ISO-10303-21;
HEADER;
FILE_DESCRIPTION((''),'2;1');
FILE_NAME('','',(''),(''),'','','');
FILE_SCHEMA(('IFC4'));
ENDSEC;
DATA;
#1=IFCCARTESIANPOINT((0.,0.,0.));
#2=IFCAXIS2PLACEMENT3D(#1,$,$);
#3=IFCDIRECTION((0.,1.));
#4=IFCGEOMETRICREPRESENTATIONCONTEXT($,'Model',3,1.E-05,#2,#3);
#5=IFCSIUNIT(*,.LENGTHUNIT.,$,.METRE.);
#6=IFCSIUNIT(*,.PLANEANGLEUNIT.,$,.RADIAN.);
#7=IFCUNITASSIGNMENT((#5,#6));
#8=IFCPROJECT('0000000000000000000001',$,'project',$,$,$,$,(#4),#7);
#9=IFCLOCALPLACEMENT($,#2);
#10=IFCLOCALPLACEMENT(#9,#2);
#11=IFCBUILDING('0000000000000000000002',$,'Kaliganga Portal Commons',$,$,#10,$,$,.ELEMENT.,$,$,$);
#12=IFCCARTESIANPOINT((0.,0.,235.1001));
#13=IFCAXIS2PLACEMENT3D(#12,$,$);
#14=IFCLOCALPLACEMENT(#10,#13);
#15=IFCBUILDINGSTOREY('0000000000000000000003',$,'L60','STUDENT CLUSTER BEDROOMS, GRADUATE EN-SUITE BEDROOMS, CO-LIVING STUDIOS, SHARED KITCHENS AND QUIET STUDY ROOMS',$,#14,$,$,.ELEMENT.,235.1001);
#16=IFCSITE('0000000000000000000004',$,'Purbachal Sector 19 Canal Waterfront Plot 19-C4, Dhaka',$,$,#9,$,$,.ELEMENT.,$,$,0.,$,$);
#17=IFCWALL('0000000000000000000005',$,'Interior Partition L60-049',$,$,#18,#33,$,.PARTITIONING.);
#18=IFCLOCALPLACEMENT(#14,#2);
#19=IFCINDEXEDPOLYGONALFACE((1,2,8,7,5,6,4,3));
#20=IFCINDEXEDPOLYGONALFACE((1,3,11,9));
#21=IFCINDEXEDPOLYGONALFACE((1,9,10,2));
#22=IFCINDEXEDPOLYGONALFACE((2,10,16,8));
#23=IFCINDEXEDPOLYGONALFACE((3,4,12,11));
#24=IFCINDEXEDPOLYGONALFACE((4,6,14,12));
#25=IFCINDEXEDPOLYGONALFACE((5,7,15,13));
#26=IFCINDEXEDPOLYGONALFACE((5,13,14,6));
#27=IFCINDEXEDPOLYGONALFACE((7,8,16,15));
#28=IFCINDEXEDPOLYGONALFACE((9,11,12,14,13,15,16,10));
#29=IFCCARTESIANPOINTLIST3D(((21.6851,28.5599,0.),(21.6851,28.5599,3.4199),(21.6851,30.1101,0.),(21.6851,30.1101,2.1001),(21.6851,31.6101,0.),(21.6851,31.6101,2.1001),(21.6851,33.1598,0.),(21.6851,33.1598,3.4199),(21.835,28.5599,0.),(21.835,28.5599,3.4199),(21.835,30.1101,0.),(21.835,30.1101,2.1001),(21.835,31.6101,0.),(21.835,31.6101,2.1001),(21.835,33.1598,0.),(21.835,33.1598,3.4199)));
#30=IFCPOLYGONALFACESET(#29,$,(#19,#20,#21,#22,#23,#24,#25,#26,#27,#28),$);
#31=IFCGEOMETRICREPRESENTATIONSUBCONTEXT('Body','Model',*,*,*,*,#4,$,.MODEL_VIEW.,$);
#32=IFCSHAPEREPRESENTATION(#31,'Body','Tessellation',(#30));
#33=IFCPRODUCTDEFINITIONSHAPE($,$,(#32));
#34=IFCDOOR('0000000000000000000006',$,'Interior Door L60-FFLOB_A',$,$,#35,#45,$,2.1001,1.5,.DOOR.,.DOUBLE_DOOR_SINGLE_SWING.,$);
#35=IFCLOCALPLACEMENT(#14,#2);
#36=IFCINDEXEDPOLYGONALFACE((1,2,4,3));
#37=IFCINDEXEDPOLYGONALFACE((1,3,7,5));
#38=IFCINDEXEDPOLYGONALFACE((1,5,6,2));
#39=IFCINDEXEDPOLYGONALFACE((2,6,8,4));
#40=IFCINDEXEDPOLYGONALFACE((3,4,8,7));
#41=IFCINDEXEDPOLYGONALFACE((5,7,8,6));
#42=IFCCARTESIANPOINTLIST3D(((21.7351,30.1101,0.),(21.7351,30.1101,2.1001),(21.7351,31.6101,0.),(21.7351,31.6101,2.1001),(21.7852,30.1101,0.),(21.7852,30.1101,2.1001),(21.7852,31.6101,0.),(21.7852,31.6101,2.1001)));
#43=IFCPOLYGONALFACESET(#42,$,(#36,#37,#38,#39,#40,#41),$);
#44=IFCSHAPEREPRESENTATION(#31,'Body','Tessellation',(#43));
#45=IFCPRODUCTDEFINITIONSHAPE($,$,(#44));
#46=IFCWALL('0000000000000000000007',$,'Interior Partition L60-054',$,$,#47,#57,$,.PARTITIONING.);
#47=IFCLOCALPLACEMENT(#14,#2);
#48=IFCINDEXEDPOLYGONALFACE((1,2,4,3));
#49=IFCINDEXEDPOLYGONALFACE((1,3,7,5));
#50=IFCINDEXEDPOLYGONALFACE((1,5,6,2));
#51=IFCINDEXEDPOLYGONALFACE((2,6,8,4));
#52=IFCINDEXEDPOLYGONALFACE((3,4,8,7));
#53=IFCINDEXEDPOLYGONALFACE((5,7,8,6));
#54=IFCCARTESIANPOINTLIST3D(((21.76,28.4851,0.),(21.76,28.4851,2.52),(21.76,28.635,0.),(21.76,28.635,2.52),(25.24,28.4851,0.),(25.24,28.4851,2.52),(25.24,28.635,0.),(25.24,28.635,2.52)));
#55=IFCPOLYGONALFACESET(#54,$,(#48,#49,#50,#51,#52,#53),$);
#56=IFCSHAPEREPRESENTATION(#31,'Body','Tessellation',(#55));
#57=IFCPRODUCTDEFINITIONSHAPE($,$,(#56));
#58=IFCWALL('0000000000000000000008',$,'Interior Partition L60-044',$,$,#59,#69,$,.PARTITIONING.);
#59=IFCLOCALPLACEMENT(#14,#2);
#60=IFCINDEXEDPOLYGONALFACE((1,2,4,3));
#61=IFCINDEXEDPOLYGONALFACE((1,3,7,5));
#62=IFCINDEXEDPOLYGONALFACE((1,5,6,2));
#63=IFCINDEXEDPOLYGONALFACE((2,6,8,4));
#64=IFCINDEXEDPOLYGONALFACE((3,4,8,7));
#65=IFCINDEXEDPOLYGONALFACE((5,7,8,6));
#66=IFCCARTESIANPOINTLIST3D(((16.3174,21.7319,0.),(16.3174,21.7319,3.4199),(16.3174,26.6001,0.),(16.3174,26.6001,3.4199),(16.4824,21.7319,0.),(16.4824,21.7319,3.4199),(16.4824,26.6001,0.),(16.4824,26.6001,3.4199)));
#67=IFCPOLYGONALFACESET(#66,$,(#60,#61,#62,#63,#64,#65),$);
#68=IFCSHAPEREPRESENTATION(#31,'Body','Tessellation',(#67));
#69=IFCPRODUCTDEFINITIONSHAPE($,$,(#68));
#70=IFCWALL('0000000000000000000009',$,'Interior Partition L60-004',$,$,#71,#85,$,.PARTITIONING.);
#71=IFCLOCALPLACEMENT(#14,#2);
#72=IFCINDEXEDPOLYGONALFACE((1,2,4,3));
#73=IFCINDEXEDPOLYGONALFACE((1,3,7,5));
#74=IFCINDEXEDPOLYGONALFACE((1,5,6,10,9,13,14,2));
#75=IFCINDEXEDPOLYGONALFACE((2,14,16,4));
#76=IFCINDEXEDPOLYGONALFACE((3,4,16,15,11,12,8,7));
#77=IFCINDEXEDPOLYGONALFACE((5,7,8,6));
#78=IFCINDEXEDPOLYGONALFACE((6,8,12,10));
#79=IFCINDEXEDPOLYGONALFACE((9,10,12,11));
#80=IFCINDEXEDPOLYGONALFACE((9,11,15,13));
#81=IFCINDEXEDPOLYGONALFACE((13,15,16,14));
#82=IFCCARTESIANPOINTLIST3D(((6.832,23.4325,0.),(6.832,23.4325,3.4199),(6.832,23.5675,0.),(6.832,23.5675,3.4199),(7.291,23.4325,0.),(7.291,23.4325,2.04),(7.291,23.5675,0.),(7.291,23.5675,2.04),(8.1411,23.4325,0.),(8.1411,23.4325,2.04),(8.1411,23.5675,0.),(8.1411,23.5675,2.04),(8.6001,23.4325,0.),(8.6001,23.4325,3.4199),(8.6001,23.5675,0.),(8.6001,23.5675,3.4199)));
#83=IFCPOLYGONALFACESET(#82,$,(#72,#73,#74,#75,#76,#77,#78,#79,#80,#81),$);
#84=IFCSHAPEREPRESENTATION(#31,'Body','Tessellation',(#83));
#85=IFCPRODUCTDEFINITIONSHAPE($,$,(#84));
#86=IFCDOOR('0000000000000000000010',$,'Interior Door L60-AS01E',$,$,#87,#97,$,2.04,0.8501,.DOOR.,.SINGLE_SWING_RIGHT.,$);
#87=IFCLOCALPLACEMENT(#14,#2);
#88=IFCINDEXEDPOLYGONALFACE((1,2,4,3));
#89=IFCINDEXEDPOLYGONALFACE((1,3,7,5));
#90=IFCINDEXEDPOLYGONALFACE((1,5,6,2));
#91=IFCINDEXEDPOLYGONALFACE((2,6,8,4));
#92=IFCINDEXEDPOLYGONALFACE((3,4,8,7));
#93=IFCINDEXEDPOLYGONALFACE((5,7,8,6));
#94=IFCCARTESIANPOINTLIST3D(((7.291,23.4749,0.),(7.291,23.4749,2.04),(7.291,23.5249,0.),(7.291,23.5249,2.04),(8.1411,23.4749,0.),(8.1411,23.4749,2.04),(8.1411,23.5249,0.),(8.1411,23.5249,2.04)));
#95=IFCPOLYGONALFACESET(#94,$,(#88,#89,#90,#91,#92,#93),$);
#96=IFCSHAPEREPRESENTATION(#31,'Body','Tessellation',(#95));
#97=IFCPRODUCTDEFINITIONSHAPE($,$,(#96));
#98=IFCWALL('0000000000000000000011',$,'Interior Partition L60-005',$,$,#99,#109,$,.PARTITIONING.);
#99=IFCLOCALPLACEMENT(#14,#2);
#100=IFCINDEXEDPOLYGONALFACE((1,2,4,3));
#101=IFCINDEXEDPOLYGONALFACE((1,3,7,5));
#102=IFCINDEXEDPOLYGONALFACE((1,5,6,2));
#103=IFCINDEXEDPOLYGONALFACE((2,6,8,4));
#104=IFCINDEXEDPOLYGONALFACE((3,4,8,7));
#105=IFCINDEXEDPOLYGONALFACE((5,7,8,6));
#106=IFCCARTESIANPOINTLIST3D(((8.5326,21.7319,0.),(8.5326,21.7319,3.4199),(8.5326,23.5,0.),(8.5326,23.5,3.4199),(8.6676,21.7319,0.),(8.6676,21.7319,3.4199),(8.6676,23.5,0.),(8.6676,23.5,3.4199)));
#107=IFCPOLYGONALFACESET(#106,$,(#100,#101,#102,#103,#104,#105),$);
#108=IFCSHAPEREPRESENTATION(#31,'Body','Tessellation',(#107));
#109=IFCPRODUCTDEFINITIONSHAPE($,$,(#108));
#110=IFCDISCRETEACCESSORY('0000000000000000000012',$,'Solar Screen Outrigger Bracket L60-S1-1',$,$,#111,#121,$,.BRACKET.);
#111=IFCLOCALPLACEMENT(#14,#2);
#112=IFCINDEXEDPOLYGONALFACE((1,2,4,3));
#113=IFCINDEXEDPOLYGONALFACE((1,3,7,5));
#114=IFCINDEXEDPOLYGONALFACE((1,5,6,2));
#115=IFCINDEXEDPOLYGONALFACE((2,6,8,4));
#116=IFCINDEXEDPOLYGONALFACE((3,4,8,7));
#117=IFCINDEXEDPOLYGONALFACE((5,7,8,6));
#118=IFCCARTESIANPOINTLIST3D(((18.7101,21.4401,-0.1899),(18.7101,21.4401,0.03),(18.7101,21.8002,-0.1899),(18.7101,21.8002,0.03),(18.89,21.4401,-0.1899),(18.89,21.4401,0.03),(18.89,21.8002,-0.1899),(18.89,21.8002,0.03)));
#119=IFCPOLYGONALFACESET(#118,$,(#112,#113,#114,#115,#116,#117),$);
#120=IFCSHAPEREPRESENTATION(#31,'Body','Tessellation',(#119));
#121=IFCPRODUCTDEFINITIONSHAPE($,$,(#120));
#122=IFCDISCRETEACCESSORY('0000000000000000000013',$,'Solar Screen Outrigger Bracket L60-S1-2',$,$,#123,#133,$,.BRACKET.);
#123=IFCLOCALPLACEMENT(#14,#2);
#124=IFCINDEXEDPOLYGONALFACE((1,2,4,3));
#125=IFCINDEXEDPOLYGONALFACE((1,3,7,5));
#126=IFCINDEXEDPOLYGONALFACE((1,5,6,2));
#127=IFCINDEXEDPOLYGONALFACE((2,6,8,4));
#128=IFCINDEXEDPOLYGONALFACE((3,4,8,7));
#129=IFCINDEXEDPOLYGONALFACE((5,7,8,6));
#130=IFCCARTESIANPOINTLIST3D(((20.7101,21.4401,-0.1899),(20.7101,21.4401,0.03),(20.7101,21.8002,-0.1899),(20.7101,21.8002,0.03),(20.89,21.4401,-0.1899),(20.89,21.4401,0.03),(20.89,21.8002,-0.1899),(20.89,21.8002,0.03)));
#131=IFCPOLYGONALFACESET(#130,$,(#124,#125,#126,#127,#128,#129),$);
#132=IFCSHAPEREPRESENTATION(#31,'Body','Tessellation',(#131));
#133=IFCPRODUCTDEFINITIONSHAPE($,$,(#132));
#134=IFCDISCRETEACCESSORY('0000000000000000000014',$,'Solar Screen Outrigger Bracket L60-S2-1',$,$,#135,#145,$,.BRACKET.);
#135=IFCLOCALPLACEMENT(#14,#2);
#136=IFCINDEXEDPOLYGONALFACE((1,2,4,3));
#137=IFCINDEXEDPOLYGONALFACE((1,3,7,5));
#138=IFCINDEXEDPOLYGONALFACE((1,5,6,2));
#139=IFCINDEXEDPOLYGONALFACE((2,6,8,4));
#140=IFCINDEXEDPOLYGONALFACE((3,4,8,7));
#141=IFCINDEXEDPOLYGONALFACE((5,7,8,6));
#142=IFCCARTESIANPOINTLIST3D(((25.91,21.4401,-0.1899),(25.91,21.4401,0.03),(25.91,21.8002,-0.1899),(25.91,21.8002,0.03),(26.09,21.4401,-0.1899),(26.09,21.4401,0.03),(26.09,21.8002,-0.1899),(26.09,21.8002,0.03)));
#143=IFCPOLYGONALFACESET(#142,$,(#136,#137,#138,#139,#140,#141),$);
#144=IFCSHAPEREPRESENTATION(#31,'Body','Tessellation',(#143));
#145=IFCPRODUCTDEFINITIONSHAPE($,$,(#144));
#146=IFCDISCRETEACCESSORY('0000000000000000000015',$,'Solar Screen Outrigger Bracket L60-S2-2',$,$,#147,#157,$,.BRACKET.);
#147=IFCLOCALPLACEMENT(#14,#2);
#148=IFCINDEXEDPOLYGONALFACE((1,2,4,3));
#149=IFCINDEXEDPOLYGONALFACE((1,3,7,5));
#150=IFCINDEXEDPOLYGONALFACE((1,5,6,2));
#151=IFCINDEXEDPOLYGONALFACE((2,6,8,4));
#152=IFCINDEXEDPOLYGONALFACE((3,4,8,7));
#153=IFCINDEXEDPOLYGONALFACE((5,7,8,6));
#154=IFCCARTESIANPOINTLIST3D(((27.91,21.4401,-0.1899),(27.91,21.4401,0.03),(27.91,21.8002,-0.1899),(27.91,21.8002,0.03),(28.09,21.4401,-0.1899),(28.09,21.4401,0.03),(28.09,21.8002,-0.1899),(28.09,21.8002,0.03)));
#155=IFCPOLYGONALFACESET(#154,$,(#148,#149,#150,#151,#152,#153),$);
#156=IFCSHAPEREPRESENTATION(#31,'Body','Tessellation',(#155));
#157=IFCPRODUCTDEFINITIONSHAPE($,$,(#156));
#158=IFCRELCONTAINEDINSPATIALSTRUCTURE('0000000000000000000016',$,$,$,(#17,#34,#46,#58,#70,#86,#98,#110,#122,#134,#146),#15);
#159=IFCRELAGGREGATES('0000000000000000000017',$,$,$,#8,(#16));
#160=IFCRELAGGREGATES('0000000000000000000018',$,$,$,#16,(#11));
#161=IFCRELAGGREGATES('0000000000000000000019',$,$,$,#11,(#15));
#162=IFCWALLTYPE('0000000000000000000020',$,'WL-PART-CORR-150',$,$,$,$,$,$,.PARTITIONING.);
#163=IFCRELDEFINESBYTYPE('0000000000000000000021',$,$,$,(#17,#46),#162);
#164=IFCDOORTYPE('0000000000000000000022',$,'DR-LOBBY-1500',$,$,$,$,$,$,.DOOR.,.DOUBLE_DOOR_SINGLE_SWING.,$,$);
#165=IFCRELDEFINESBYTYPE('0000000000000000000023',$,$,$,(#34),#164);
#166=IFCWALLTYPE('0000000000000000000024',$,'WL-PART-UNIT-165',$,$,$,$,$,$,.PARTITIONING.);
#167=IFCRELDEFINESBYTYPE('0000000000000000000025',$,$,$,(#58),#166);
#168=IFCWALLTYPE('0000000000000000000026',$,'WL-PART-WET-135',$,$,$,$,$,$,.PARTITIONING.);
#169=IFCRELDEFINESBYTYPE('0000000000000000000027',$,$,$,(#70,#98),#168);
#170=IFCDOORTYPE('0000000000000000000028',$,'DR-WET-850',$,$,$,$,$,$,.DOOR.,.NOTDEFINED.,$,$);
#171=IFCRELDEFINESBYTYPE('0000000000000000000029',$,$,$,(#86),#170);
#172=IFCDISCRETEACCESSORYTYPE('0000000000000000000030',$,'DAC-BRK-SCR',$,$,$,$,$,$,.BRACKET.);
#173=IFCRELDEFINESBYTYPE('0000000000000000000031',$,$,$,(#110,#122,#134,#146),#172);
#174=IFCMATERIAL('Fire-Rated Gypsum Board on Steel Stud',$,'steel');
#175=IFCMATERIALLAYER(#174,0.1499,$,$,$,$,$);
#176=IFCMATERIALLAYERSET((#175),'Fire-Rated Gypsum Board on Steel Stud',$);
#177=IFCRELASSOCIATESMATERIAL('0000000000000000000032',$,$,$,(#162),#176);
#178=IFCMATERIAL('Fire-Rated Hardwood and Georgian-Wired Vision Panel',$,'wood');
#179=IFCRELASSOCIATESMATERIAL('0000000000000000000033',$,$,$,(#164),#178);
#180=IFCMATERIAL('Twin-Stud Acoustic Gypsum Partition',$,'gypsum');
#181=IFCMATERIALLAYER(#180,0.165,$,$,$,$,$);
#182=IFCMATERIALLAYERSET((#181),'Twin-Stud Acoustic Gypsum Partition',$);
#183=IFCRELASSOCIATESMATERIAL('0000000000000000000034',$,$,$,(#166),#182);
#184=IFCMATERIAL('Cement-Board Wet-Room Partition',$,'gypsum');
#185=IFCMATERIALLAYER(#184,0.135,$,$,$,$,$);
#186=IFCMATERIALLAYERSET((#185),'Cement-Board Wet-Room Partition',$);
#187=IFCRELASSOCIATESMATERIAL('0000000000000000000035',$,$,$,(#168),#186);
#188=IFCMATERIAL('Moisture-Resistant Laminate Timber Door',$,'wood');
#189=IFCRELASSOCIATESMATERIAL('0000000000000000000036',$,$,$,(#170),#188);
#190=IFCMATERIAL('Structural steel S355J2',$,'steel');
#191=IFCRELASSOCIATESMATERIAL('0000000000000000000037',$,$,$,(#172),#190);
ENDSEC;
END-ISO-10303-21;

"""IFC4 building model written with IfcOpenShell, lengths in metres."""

from ifc_helpers import new_model, si_unit, direction, frame, frame_2d, origin, origin_2d, place, context, subcontext, project, spatial, rectangle, extrude, source, transform, mapped, material, layer, layer_set, type_object, element, fill, save


model = new_model("IFC4")

# Units and contexts
model_context = context("Model", 3, precision=1e-05, world=origin(), true_north=direction((0.0, 1.0)))
body_context = subcontext(model_context, "Body", "Model", "MODEL_VIEW")
ifc_project = project(units=[si_unit("LENGTHUNIT", "METRE"), si_unit("PLANEANGLEUNIT", "RADIAN")], contexts=[model_context])

# Site, building, storey
site_placement = place(None, origin())
site = spatial("IfcSite", under=ifc_project, at=site_placement, Name="Purbachal Sector 19 Canal Waterfront Plot 19-C4, Dhaka", CompositionType="ELEMENT", RefElevation=0.0)
building_placement = place(site_placement, origin())
building = spatial("IfcBuilding", under=site, at=building_placement, Name="Kaliganga Portal Commons", CompositionType="ELEMENT")
storey_placement = place(building_placement, frame((0.0, 0.0, 235.1001)))
storey = spatial("IfcBuildingStorey", under=building, at=storey_placement, Name="L60", Description="STUDENT CLUSTER BEDROOMS, GRADUATE EN-SUITE BEDROOMS, CO-LIVING STUDIOS, SHARED KITCHENS AND QUIET STUDY ROOMS", CompositionType="ELEMENT", Elevation=235.1001)

# Shared definitions
ifc_material_1 = material(Name="Structural steel S355J2", Category="steel")

# Shared definitions
ifc_material_2 = material(Name="Fire-Rated Gypsum Board on Steel Stud", Category="steel")
ifc_layer_1 = layer(ifc_material_2, 0.1499)
ifc_layer_set_1 = layer_set([ifc_layer_1], Name="Fire-Rated Gypsum Board on Steel Stud")
wall_type_1 = type_object("IfcWallType", Name="WL-PART-CORR-150", PredefinedType="PARTITIONING", material=ifc_layer_set_1)

# Wall, opening, door
wall_1_placement = place(storey_placement, frame((21.76, 28.5601, 0.0), z_axis=(0.0, 0.0, 1.0), x_axis=(0.0, 1.0, 0.0)))
wall_1 = element("IfcWall", 1, at=wall_1_placement, inside=storey, type_object=wall_type_1, Name="Interior Partition L60-049", PredefinedType="PARTITIONING", context=body_context, shape_type="SweptSolid", body=[
    extrude(rectangle(XDim=4.5999, YDim=0.1499, at=frame_2d((2.2998, 0.0))), origin(), (0.0, 0.0, 1.0), 3.4199),
])
opening_1_placement = place(wall_1_placement, frame((1.55, 0.0, 0.0)))
opening_1 = element("IfcOpeningElement", 2, at=opening_1_placement, cuts=wall_1, PredefinedType="OPENING", context=body_context, shape_type="SweptSolid", body=[
    extrude(rectangle(XDim=1.5, YDim=2.1001, at=frame_2d((0.75, 1.05))), frame((0.0, 0.085, 0.0), z_axis=(0.0, -1.0, 0.0), x_axis=(1.0, 0.0, 0.0)), (0.0, 0.0, 1.0), 0.1699),
])
ifc_material_3 = material(Name="Fire-Rated Hardwood and Georgian-Wired Vision Panel", Category="wood")
door_type_1 = type_object("IfcDoorType", Name="DR-LOBBY-1500", OperationType="DOUBLE_DOOR_SINGLE_SWING", PredefinedType="DOOR", material=ifc_material_3)
door_1_placement = place(opening_1_placement, origin())
door_1 = element("IfcDoor", 3, at=door_1_placement, inside=storey, type_object=door_type_1, Name="Interior Door L60-FFLOB_A", OperationType="DOUBLE_DOOR_SINGLE_SWING", OverallHeight=2.1001, OverallWidth=1.5, PredefinedType="DOOR", context=body_context, shape_type="SweptSolid", body=[
    extrude(rectangle(XDim=1.5, YDim=2.1001, at=frame_2d((0.75, 1.05))), frame((0.0, 0.0249, 0.0), z_axis=(0.0, -1.0, 0.0), x_axis=(1.0, 0.0, 0.0)), (0.0, 0.0, 1.0), 0.05),
])
fill(opening_1, door_1)

# Walls
wall_2_placement = place(storey_placement, frame((21.76, 28.5601, 0.0), z_axis=(0.0, 0.0, 1.0), x_axis=(1.0, 0.0, 0.0)))
element("IfcWall", 4, at=wall_2_placement, inside=storey, type_object=wall_type_1, Name="Interior Partition L60-054", PredefinedType="PARTITIONING", context=body_context, shape_type="SweptSolid", body=[
    extrude(rectangle(XDim=3.48, YDim=0.1499, at=frame_2d((1.74, 0.0))), origin(), (0.0, 0.0, 1.0), 2.52),
])
ifc_material_4 = material(Name="Twin-Stud Acoustic Gypsum Partition", Category="gypsum")
ifc_layer_2 = layer(ifc_material_4, 0.165)
ifc_layer_set_2 = layer_set([ifc_layer_2], Name="Twin-Stud Acoustic Gypsum Partition")
wall_type_2 = type_object("IfcWallType", Name="WL-PART-UNIT-165", PredefinedType="PARTITIONING", material=ifc_layer_set_2)
wall_3_placement = place(storey_placement, frame((16.3999, 21.7319, 0.0), z_axis=(0.0, 0.0, 1.0), x_axis=(0.0, 1.0, 0.0)))
element("IfcWall", 5, at=wall_3_placement, inside=storey, type_object=wall_type_2, Name="Interior Partition L60-044", PredefinedType="PARTITIONING", context=body_context, shape_type="SweptSolid", body=[
    extrude(rectangle(XDim=4.8682, YDim=0.165, at=frame_2d((2.4341, 0.0))), origin(), (0.0, 0.0, 1.0), 3.4199),
])

# Wall, opening, door
ifc_material_5 = material(Name="Cement-Board Wet-Room Partition", Category="gypsum")
ifc_layer_3 = layer(ifc_material_5, 0.135)
ifc_layer_set_3 = layer_set([ifc_layer_3], Name="Cement-Board Wet-Room Partition")
wall_type_3 = type_object("IfcWallType", Name="WL-PART-WET-135", PredefinedType="PARTITIONING", material=ifc_layer_set_3)
wall_4_placement = place(storey_placement, frame((6.832, 23.5, 0.0), z_axis=(0.0, 0.0, 1.0), x_axis=(1.0, 0.0, 0.0)))
wall_4 = element("IfcWall", 6, at=wall_4_placement, inside=storey, type_object=wall_type_3, Name="Interior Partition L60-004", PredefinedType="PARTITIONING", context=body_context, shape_type="SweptSolid", body=[
    extrude(rectangle(XDim=1.7681, YDim=0.135, at=frame_2d((0.884, 0.0))), origin(), (0.0, 0.0, 1.0), 3.4199),
])
opening_2_placement = place(wall_4_placement, frame((0.459, 0.0, 0.0)))
opening_2 = element("IfcOpeningElement", 7, at=opening_2_placement, cuts=wall_4, PredefinedType="OPENING", context=body_context, shape_type="SweptSolid", body=[
    extrude(rectangle(XDim=0.8501, YDim=2.04, at=frame_2d((0.425, 1.02))), frame((0.0, 0.0776, 0.0), z_axis=(0.0, -1.0, 0.0), x_axis=(1.0, 0.0, 0.0)), (0.0, 0.0, 1.0), 0.155),
])
ifc_material_6 = material(Name="Moisture-Resistant Laminate Timber Door", Category="wood")
door_type_2 = type_object("IfcDoorType", Name="DR-WET-850", OperationType="NOTDEFINED", PredefinedType="DOOR", material=ifc_material_6)
door_2_placement = place(opening_2_placement, origin())
door_2 = element("IfcDoor", 8, at=door_2_placement, inside=storey, type_object=door_type_2, Name="Interior Door L60-AS01E", OperationType="SINGLE_SWING_RIGHT", OverallHeight=2.04, OverallWidth=0.8501, PredefinedType="DOOR", context=body_context, shape_type="SweptSolid", body=[
    extrude(rectangle(XDim=0.8501, YDim=2.04, at=frame_2d((0.425, 1.02))), frame((0.0, 0.0249, 0.0), z_axis=(0.0, -1.0, 0.0), x_axis=(1.0, 0.0, 0.0)), (0.0, 0.0, 1.0), 0.05),
])
fill(opening_2, door_2)

# Wall
wall_5_placement = place(storey_placement, frame((8.6001, 21.7319, 0.0), z_axis=(0.0, 0.0, 1.0), x_axis=(0.0, 1.0, 0.0)))
element("IfcWall", 9, at=wall_5_placement, inside=storey, type_object=wall_type_3, Name="Interior Partition L60-005", PredefinedType="PARTITIONING", context=body_context, shape_type="SweptSolid", body=[
    extrude(rectangle(XDim=1.7681, YDim=0.135, at=frame_2d((0.884, 0.0))), origin(), (0.0, 0.0, 1.0), 3.4199),
])

# Discrete accessories
discrete_accessory_type = type_object("IfcDiscreteAccessoryType", Name="DAC-BRK-SCR", PredefinedType="BRACKET", material=ifc_material_1)
shared_shape_1 = source(origin(), body_context, "Body", "SweptSolid", [
    extrude(rectangle(XDim=0.1799, YDim=0.3601, at=origin_2d()), origin(), (0.0, 0.0, 1.0), 0.22),
])
for number, where, z_axis, x_axis, name in (
    (10, (18.8, 21.6201, -0.1899), (0.0, 0.0, 1.0), (1.0, 0.0, 0.0), "Solar Screen Outrigger Bracket L60-S1-1"),
    (11, (20.8, 21.6201, -0.1899), (0.0, 0.0, 1.0), (1.0, 0.0, 0.0), "Solar Screen Outrigger Bracket L60-S1-2"),
    (12, (26.0, 21.6201, -0.1899), (0.0, 0.0, 1.0), (1.0, 0.0, 0.0), "Solar Screen Outrigger Bracket L60-S2-1"),
    (13, (28.0, 21.6201, -0.1899), (0.0, 0.0, 1.0), (1.0, 0.0, 0.0), "Solar Screen Outrigger Bracket L60-S2-2"),
):
    element("IfcDiscreteAccessory", number, at=place(storey_placement, frame(where, z_axis=z_axis, x_axis=x_axis)), inside=storey, type_object=discrete_accessory_type, Name=name, PredefinedType="BRACKET", context=body_context, shape_type="MappedRepresentation", body=[
        mapped(shared_shape_1, transform((0.0, 0.0, 0.0), x_axis=(1.0, 0.0, 0.0), y_axis=(0.0, 1.0, 0.0), z_axis=(0.0, 0.0, 1.0), scale=1.0)),
    ])

save(model, "model.ifc")
